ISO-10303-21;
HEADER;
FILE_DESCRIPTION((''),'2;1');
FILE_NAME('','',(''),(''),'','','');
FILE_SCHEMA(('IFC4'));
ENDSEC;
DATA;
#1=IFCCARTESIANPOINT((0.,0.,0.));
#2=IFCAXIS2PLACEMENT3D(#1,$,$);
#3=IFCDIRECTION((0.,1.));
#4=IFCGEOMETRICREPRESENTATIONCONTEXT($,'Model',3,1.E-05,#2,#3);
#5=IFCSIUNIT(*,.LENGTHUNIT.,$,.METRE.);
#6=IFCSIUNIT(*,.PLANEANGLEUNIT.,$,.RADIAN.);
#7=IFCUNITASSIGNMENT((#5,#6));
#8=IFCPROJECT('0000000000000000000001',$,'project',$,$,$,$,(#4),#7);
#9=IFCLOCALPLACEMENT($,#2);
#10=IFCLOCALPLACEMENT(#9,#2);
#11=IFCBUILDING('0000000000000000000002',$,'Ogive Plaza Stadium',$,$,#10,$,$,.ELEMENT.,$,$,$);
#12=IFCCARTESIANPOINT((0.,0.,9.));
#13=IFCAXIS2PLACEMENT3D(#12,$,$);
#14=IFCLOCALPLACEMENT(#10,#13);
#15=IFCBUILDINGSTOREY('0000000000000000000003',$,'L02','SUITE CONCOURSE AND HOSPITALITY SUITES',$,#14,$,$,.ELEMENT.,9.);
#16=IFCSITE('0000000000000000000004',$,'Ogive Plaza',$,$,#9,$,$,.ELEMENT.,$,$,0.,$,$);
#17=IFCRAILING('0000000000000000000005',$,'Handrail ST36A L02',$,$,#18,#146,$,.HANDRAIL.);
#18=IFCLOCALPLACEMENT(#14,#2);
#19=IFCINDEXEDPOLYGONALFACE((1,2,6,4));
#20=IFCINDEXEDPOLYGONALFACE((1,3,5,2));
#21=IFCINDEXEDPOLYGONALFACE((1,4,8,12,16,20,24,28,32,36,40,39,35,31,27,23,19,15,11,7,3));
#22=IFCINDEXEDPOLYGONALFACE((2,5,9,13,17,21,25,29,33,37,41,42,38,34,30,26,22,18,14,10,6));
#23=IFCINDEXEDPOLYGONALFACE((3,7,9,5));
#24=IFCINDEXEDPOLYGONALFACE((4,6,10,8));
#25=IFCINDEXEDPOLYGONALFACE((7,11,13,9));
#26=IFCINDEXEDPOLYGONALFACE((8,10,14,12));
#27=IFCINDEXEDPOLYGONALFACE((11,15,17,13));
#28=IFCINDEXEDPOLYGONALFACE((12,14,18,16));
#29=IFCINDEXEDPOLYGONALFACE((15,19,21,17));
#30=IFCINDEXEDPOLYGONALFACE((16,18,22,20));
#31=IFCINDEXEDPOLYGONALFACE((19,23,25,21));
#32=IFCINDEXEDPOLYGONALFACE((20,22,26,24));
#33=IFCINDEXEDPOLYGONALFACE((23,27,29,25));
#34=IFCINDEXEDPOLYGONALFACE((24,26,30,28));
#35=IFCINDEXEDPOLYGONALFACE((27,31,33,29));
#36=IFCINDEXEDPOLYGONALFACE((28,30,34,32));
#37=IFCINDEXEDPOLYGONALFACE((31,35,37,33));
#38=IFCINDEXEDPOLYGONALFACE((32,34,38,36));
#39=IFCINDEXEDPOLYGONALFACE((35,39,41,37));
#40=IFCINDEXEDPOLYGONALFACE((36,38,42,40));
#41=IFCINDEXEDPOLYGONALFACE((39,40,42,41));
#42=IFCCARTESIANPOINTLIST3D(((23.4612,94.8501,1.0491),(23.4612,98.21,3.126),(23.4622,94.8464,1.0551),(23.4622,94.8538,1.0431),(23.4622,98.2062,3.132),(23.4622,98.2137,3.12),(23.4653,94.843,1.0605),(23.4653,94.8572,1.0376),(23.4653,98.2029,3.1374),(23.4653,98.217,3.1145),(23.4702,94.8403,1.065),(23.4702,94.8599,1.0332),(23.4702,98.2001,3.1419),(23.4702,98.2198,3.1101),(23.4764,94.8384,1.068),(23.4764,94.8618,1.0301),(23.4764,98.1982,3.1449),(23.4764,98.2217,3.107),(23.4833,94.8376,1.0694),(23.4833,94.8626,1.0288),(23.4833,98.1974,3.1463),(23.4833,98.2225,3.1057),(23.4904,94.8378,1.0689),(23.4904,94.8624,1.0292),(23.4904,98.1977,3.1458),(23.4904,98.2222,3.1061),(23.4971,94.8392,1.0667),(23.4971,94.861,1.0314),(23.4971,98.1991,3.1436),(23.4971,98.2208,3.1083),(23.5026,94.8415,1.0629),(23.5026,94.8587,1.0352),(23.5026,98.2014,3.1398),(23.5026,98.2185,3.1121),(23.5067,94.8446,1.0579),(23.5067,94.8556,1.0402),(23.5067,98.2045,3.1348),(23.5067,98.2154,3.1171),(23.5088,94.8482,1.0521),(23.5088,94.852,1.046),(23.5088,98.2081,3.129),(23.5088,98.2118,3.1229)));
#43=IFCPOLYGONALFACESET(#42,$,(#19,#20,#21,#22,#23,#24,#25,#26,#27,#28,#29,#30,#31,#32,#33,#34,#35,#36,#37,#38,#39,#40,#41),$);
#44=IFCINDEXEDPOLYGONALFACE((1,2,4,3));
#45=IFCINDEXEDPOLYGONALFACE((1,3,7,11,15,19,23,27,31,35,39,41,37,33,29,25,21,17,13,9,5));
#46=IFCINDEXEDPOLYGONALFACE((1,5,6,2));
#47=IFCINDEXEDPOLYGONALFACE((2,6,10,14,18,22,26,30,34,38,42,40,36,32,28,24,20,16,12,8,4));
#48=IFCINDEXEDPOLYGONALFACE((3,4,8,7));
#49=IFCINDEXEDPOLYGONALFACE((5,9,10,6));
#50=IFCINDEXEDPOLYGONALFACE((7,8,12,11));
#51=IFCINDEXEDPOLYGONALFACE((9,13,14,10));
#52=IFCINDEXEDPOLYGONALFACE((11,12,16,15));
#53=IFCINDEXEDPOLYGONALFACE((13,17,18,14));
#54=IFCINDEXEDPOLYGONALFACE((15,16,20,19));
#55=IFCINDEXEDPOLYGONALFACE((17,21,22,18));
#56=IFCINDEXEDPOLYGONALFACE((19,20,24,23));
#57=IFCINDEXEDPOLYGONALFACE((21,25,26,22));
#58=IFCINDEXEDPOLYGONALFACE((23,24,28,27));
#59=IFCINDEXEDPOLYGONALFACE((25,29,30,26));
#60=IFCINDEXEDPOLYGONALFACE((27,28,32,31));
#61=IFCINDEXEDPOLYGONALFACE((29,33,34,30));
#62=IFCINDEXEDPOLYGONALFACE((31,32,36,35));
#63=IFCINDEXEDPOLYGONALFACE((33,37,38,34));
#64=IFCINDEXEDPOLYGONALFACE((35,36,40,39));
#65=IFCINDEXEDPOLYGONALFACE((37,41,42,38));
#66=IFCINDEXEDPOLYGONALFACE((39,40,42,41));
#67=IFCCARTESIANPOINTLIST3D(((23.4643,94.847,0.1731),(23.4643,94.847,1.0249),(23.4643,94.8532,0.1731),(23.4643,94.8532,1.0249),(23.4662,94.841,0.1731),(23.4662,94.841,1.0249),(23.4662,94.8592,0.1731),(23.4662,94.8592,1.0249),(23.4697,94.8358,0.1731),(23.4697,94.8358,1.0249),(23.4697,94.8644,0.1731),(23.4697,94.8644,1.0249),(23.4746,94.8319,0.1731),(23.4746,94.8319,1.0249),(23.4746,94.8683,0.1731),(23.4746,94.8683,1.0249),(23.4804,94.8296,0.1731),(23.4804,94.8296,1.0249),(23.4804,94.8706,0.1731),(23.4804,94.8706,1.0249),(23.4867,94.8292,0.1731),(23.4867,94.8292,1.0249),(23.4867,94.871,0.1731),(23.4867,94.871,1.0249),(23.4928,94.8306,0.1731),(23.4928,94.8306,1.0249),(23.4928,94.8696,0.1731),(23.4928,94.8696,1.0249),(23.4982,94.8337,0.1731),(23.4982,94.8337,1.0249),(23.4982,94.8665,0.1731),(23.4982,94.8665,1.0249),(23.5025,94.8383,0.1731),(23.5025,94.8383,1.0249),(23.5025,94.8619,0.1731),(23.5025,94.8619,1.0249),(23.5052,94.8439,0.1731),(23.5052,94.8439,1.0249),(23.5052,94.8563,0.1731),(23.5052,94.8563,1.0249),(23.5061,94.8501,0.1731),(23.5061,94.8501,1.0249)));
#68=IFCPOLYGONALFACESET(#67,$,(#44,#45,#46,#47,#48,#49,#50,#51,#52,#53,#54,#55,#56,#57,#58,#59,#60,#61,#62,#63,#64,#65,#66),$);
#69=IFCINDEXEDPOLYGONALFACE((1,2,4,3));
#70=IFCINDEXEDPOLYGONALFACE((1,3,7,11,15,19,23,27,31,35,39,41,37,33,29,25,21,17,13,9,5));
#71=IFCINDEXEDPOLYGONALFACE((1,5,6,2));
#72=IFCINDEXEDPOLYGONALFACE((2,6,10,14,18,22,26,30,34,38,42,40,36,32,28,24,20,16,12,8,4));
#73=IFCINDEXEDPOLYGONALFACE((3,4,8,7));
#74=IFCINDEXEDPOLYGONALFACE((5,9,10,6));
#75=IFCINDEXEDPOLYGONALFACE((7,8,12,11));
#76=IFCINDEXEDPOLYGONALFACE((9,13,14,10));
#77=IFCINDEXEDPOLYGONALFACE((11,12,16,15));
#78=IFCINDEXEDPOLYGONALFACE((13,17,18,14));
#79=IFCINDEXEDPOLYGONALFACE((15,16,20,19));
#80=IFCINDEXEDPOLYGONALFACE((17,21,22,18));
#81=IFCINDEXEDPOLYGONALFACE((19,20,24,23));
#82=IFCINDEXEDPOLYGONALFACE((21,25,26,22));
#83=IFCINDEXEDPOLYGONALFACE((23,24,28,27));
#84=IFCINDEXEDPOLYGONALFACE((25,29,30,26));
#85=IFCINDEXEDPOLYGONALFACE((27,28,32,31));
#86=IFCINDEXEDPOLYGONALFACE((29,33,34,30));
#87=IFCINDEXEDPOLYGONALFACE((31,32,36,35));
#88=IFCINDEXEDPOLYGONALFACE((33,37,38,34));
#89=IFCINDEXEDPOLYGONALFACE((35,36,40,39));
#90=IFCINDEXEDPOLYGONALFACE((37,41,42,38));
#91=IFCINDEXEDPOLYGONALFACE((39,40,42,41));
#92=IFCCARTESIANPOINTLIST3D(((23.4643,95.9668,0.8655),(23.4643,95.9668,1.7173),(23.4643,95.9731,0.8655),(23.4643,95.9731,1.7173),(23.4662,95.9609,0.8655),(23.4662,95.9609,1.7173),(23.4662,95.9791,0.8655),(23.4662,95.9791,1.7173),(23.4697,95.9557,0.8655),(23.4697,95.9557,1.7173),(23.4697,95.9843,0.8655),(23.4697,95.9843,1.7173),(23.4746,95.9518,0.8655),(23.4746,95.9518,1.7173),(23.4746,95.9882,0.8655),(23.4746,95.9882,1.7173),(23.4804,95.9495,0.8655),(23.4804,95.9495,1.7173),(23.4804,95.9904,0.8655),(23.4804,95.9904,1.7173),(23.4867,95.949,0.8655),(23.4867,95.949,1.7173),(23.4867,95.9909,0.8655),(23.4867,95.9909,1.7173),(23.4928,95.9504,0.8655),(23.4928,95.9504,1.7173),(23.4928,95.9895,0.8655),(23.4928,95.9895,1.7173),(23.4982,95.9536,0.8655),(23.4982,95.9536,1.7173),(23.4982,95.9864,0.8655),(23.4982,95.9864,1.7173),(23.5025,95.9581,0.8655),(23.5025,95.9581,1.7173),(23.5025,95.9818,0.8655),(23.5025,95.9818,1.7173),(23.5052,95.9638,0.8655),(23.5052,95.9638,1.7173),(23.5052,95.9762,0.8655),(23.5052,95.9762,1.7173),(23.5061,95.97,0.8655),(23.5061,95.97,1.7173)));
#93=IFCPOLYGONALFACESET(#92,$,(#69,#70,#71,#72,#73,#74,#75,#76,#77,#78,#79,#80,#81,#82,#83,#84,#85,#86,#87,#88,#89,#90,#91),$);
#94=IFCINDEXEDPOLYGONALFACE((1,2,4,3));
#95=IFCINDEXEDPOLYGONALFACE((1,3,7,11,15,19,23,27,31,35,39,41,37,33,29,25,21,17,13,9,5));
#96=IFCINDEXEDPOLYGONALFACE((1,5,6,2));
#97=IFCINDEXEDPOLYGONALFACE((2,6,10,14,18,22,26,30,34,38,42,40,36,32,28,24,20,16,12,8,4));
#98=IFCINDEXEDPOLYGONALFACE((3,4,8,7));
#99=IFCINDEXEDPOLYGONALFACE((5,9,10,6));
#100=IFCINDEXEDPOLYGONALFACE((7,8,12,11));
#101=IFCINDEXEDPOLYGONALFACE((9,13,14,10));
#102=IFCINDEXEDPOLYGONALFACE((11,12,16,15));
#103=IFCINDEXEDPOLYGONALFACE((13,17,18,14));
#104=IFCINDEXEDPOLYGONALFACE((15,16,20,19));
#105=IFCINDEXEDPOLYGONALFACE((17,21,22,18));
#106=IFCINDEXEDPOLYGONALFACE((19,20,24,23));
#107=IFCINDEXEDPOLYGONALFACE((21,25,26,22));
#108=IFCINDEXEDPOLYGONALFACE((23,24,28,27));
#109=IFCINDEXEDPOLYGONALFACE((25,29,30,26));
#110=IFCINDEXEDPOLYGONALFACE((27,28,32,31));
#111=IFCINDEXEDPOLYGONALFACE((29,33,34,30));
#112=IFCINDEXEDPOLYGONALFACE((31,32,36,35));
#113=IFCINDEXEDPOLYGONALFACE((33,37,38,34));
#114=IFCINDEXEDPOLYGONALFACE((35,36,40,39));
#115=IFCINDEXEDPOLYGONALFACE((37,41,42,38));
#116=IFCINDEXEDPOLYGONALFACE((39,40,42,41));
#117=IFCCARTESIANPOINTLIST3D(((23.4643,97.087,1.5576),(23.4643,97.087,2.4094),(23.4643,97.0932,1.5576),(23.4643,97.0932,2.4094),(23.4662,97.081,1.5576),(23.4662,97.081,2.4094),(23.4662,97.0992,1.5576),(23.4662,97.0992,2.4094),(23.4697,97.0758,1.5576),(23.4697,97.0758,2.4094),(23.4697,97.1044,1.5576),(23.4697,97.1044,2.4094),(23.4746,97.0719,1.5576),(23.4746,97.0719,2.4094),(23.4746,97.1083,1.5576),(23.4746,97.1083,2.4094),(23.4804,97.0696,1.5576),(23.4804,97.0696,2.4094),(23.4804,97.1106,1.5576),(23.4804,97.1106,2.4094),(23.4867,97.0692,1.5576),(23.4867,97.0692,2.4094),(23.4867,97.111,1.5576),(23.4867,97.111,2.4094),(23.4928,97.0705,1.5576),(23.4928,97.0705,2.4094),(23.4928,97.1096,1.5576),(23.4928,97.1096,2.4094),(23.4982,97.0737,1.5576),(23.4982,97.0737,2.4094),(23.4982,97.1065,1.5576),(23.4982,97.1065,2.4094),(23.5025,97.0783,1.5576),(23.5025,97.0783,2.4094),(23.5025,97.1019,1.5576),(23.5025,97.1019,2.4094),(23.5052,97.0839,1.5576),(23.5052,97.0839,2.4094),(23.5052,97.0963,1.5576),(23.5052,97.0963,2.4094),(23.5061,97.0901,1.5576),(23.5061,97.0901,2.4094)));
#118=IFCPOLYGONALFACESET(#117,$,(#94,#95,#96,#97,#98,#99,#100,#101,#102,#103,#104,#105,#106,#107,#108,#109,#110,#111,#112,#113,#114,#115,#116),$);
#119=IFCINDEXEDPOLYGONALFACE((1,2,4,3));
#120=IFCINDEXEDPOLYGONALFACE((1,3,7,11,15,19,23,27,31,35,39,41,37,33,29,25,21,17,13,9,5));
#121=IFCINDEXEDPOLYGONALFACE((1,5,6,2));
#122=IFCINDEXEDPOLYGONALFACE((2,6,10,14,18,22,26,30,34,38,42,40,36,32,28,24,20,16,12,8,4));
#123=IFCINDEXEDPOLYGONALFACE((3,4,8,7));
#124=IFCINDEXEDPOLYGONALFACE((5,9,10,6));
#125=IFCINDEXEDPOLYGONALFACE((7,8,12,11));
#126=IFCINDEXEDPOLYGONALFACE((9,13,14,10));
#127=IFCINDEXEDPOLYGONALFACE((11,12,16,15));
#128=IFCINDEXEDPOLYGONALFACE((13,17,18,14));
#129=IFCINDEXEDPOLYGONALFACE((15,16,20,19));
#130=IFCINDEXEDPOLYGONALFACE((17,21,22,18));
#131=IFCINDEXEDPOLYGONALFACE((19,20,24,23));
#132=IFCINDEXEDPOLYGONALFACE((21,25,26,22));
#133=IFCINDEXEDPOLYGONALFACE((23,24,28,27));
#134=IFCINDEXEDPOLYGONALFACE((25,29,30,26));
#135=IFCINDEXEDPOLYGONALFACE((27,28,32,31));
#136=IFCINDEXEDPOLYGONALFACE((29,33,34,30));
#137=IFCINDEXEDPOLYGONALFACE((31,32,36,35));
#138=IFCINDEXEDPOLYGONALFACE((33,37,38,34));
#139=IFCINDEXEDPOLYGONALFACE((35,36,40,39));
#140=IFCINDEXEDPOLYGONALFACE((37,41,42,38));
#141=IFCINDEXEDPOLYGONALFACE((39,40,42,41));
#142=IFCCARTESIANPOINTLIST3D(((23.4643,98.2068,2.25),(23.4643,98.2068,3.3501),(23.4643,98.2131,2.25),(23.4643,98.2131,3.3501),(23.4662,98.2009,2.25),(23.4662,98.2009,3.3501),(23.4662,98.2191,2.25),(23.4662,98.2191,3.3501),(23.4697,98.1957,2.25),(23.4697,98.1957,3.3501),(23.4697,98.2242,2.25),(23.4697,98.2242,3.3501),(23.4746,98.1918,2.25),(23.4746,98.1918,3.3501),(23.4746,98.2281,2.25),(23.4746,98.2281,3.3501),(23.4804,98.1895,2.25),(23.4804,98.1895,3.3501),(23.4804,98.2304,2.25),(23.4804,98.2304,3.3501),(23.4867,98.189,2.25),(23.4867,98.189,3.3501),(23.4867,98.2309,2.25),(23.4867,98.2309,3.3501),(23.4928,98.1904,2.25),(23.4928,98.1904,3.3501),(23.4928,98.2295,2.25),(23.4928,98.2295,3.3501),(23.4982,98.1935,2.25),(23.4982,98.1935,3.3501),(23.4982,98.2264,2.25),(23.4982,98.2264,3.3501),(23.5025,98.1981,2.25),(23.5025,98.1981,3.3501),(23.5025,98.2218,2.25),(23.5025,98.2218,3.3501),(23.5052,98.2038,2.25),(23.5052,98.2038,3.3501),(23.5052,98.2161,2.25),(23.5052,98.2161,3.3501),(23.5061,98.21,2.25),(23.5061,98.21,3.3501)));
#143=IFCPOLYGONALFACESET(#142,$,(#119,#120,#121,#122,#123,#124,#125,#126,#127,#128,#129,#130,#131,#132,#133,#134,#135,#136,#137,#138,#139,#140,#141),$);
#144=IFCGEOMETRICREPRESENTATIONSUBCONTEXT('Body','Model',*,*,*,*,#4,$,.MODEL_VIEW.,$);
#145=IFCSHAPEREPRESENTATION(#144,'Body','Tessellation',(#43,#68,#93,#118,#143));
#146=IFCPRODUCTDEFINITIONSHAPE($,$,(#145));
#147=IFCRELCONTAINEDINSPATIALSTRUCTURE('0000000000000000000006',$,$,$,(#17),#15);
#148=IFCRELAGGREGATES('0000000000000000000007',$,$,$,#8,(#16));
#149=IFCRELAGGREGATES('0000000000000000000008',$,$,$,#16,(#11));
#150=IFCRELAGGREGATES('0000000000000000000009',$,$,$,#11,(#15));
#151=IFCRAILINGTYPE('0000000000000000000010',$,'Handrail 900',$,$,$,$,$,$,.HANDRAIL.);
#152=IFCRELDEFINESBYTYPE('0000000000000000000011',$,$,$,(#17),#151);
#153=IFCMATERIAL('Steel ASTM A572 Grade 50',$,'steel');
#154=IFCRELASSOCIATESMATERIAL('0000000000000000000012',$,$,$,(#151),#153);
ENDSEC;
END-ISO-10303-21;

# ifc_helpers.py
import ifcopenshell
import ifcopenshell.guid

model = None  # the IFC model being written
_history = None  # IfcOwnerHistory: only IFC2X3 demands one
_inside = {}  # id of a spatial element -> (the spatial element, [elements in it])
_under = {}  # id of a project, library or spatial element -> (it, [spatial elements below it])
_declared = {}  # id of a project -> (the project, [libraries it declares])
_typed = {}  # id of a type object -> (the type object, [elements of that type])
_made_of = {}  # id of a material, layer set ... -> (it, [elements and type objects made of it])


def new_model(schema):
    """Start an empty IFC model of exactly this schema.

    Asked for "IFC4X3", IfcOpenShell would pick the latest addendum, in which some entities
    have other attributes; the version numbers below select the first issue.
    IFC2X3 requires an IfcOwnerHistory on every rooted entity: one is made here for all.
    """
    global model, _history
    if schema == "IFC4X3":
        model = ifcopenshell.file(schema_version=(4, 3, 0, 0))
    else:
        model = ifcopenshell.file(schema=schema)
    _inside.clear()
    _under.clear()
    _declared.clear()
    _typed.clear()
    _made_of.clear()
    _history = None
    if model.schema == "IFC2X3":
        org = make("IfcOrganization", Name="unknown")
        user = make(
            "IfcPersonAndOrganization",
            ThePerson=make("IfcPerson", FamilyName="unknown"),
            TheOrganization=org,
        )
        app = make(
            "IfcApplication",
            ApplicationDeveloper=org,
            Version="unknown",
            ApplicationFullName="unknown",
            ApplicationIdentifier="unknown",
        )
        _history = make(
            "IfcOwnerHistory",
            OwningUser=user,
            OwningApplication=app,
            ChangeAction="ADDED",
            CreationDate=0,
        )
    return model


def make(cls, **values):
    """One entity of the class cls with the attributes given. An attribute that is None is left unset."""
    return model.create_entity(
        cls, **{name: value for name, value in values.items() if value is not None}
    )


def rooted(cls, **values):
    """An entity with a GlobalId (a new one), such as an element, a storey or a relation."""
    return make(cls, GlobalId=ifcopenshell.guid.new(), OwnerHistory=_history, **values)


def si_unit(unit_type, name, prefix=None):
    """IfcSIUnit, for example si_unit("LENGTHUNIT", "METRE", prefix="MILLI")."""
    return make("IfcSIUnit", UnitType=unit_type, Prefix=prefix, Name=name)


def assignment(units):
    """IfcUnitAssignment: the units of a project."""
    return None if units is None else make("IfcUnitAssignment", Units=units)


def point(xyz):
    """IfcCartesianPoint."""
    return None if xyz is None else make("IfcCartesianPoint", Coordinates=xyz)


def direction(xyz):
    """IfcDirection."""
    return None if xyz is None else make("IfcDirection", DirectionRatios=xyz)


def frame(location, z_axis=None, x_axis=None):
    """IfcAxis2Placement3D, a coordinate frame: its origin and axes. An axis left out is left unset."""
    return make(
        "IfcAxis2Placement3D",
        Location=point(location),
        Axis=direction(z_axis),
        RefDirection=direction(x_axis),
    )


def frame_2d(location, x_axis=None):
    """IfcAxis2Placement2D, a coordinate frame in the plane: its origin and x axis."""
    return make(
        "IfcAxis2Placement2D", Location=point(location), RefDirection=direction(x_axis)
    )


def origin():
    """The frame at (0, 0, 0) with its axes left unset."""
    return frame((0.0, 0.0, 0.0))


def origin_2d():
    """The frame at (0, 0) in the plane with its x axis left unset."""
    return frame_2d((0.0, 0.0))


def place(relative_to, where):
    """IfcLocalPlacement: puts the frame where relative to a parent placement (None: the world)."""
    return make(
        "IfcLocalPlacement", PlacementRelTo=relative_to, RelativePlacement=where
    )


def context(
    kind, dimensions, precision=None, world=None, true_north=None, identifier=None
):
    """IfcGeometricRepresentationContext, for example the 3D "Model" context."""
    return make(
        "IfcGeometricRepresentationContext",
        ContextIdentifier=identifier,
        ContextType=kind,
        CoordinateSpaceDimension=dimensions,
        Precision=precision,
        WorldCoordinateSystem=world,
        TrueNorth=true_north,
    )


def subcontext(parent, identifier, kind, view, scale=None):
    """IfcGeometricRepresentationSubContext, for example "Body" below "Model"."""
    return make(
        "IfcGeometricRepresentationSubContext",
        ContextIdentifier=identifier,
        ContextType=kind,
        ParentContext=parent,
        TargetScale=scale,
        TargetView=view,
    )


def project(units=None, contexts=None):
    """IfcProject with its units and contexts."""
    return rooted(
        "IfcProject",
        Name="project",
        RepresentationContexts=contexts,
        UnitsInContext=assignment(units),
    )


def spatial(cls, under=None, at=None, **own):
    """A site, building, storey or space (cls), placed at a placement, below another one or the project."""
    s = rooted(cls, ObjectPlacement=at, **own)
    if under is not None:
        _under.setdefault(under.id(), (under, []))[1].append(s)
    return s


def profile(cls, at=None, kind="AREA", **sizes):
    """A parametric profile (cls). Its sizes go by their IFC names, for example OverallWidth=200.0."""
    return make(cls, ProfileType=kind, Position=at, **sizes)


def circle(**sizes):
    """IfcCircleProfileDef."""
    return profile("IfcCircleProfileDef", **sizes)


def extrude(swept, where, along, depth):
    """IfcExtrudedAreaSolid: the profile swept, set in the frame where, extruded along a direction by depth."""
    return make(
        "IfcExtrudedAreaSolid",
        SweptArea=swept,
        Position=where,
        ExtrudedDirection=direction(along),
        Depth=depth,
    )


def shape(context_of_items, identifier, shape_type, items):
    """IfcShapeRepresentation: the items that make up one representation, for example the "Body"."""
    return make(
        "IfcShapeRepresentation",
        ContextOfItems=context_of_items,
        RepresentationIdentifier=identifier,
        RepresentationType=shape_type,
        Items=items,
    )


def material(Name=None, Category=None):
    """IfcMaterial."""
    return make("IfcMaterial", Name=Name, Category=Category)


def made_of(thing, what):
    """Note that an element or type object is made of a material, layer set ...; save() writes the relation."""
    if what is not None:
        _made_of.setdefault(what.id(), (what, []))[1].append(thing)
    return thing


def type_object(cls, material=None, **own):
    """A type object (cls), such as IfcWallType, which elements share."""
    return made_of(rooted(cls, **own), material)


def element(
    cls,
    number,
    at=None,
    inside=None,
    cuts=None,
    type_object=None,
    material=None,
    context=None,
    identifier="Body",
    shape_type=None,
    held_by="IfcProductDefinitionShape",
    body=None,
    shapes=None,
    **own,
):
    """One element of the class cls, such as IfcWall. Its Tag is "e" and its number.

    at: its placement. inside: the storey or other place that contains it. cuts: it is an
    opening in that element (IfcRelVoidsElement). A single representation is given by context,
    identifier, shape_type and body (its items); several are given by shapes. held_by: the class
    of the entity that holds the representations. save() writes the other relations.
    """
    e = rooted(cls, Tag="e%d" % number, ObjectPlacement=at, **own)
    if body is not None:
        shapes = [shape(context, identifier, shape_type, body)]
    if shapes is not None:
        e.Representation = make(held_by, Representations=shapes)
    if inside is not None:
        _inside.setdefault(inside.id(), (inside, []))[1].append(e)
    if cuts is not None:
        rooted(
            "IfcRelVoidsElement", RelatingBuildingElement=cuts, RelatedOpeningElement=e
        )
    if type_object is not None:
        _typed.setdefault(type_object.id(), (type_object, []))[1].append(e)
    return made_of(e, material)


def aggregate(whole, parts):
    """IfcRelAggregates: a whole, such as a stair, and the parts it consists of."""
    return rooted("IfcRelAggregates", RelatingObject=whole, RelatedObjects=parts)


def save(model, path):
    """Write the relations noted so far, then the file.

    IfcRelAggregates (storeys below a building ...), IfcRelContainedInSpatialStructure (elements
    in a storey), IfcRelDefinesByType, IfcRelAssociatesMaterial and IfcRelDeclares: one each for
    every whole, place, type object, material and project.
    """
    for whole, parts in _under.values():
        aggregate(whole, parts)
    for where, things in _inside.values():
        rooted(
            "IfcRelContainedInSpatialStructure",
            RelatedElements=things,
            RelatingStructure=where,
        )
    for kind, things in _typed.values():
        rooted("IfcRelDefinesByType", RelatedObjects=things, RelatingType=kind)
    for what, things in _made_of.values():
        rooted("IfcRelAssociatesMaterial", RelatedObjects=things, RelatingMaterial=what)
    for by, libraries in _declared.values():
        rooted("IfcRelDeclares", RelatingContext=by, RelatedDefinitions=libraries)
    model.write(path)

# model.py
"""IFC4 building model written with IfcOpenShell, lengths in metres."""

from ifc_helpers import new_model, si_unit, direction, frame, origin, origin_2d, place, context, subcontext, project, spatial, circle, extrude, material, type_object, element, save


model = new_model("IFC4")

# Units and contexts
model_context = context("Model", 3, precision=1e-05, world=origin(), true_north=direction((0.0, 1.0)))
body_context = subcontext(model_context, "Body", "Model", "MODEL_VIEW")
ifc_project = project(units=[si_unit("LENGTHUNIT", "METRE"), si_unit("PLANEANGLEUNIT", "RADIAN")], contexts=[model_context])

# Site, building, storey
site_placement = place(None, origin())
site = spatial("IfcSite", under=ifc_project, at=site_placement, Name="Ogive Plaza", CompositionType="ELEMENT", RefElevation=0.0)
building_placement = place(site_placement, origin())
building = spatial("IfcBuilding", under=site, at=building_placement, Name="Ogive Plaza Stadium", CompositionType="ELEMENT")
storey_placement = place(building_placement, frame((0.0, 0.0, 9.0)))
storey = spatial("IfcBuildingStorey", under=building, at=storey_placement, Name="L02", Description="SUITE CONCOURSE AND HOSPITALITY SUITES", CompositionType="ELEMENT", Elevation=9.0)

# Railing
ifc_material_1 = material(Name="Steel ASTM A572 Grade 50", Category="steel")
railing_type_1 = type_object("IfcRailingType", Name="Handrail 900", PredefinedType="HANDRAIL", material=ifc_material_1)
for number, where, name in (
    (1, (23.4851, 94.8501, 0.1731), "Handrail ST36A L02"),
):
    element("IfcRailing", number, at=place(storey_placement, frame(where)), inside=storey, type_object=railing_type_1, Name=name, PredefinedType="HANDRAIL", context=body_context, shape_type="SweptSolid", body=[
        extrude(circle(Radius=0.0239, at=origin_2d()), frame((0.0, 0.0, 0.876), z_axis=(0.0, 0.850606, 0.525803), x_axis=(-1.0, 0.0, 0.0)), (0.0, 0.0, 1.0), 3.95),
        extrude(circle(Radius=0.021, at=origin_2d()), origin(), (0.0, 0.0, 1.0), 0.8518),
        extrude(circle(Radius=0.021, at=origin_2d()), frame((0.0, 1.1199, 0.6924)), (0.0, 0.0, 1.0), 0.8518),
        extrude(circle(Radius=0.021, at=origin_2d()), frame((0.0, 2.24, 1.3845)), (0.0, 0.0, 1.0), 0.8518),
        extrude(circle(Radius=0.021, at=origin_2d()), frame((0.0, 3.3599, 2.0769)), (0.0, 0.0, 1.0), 1.1001),
    ])

save(model, "model.ifc")
